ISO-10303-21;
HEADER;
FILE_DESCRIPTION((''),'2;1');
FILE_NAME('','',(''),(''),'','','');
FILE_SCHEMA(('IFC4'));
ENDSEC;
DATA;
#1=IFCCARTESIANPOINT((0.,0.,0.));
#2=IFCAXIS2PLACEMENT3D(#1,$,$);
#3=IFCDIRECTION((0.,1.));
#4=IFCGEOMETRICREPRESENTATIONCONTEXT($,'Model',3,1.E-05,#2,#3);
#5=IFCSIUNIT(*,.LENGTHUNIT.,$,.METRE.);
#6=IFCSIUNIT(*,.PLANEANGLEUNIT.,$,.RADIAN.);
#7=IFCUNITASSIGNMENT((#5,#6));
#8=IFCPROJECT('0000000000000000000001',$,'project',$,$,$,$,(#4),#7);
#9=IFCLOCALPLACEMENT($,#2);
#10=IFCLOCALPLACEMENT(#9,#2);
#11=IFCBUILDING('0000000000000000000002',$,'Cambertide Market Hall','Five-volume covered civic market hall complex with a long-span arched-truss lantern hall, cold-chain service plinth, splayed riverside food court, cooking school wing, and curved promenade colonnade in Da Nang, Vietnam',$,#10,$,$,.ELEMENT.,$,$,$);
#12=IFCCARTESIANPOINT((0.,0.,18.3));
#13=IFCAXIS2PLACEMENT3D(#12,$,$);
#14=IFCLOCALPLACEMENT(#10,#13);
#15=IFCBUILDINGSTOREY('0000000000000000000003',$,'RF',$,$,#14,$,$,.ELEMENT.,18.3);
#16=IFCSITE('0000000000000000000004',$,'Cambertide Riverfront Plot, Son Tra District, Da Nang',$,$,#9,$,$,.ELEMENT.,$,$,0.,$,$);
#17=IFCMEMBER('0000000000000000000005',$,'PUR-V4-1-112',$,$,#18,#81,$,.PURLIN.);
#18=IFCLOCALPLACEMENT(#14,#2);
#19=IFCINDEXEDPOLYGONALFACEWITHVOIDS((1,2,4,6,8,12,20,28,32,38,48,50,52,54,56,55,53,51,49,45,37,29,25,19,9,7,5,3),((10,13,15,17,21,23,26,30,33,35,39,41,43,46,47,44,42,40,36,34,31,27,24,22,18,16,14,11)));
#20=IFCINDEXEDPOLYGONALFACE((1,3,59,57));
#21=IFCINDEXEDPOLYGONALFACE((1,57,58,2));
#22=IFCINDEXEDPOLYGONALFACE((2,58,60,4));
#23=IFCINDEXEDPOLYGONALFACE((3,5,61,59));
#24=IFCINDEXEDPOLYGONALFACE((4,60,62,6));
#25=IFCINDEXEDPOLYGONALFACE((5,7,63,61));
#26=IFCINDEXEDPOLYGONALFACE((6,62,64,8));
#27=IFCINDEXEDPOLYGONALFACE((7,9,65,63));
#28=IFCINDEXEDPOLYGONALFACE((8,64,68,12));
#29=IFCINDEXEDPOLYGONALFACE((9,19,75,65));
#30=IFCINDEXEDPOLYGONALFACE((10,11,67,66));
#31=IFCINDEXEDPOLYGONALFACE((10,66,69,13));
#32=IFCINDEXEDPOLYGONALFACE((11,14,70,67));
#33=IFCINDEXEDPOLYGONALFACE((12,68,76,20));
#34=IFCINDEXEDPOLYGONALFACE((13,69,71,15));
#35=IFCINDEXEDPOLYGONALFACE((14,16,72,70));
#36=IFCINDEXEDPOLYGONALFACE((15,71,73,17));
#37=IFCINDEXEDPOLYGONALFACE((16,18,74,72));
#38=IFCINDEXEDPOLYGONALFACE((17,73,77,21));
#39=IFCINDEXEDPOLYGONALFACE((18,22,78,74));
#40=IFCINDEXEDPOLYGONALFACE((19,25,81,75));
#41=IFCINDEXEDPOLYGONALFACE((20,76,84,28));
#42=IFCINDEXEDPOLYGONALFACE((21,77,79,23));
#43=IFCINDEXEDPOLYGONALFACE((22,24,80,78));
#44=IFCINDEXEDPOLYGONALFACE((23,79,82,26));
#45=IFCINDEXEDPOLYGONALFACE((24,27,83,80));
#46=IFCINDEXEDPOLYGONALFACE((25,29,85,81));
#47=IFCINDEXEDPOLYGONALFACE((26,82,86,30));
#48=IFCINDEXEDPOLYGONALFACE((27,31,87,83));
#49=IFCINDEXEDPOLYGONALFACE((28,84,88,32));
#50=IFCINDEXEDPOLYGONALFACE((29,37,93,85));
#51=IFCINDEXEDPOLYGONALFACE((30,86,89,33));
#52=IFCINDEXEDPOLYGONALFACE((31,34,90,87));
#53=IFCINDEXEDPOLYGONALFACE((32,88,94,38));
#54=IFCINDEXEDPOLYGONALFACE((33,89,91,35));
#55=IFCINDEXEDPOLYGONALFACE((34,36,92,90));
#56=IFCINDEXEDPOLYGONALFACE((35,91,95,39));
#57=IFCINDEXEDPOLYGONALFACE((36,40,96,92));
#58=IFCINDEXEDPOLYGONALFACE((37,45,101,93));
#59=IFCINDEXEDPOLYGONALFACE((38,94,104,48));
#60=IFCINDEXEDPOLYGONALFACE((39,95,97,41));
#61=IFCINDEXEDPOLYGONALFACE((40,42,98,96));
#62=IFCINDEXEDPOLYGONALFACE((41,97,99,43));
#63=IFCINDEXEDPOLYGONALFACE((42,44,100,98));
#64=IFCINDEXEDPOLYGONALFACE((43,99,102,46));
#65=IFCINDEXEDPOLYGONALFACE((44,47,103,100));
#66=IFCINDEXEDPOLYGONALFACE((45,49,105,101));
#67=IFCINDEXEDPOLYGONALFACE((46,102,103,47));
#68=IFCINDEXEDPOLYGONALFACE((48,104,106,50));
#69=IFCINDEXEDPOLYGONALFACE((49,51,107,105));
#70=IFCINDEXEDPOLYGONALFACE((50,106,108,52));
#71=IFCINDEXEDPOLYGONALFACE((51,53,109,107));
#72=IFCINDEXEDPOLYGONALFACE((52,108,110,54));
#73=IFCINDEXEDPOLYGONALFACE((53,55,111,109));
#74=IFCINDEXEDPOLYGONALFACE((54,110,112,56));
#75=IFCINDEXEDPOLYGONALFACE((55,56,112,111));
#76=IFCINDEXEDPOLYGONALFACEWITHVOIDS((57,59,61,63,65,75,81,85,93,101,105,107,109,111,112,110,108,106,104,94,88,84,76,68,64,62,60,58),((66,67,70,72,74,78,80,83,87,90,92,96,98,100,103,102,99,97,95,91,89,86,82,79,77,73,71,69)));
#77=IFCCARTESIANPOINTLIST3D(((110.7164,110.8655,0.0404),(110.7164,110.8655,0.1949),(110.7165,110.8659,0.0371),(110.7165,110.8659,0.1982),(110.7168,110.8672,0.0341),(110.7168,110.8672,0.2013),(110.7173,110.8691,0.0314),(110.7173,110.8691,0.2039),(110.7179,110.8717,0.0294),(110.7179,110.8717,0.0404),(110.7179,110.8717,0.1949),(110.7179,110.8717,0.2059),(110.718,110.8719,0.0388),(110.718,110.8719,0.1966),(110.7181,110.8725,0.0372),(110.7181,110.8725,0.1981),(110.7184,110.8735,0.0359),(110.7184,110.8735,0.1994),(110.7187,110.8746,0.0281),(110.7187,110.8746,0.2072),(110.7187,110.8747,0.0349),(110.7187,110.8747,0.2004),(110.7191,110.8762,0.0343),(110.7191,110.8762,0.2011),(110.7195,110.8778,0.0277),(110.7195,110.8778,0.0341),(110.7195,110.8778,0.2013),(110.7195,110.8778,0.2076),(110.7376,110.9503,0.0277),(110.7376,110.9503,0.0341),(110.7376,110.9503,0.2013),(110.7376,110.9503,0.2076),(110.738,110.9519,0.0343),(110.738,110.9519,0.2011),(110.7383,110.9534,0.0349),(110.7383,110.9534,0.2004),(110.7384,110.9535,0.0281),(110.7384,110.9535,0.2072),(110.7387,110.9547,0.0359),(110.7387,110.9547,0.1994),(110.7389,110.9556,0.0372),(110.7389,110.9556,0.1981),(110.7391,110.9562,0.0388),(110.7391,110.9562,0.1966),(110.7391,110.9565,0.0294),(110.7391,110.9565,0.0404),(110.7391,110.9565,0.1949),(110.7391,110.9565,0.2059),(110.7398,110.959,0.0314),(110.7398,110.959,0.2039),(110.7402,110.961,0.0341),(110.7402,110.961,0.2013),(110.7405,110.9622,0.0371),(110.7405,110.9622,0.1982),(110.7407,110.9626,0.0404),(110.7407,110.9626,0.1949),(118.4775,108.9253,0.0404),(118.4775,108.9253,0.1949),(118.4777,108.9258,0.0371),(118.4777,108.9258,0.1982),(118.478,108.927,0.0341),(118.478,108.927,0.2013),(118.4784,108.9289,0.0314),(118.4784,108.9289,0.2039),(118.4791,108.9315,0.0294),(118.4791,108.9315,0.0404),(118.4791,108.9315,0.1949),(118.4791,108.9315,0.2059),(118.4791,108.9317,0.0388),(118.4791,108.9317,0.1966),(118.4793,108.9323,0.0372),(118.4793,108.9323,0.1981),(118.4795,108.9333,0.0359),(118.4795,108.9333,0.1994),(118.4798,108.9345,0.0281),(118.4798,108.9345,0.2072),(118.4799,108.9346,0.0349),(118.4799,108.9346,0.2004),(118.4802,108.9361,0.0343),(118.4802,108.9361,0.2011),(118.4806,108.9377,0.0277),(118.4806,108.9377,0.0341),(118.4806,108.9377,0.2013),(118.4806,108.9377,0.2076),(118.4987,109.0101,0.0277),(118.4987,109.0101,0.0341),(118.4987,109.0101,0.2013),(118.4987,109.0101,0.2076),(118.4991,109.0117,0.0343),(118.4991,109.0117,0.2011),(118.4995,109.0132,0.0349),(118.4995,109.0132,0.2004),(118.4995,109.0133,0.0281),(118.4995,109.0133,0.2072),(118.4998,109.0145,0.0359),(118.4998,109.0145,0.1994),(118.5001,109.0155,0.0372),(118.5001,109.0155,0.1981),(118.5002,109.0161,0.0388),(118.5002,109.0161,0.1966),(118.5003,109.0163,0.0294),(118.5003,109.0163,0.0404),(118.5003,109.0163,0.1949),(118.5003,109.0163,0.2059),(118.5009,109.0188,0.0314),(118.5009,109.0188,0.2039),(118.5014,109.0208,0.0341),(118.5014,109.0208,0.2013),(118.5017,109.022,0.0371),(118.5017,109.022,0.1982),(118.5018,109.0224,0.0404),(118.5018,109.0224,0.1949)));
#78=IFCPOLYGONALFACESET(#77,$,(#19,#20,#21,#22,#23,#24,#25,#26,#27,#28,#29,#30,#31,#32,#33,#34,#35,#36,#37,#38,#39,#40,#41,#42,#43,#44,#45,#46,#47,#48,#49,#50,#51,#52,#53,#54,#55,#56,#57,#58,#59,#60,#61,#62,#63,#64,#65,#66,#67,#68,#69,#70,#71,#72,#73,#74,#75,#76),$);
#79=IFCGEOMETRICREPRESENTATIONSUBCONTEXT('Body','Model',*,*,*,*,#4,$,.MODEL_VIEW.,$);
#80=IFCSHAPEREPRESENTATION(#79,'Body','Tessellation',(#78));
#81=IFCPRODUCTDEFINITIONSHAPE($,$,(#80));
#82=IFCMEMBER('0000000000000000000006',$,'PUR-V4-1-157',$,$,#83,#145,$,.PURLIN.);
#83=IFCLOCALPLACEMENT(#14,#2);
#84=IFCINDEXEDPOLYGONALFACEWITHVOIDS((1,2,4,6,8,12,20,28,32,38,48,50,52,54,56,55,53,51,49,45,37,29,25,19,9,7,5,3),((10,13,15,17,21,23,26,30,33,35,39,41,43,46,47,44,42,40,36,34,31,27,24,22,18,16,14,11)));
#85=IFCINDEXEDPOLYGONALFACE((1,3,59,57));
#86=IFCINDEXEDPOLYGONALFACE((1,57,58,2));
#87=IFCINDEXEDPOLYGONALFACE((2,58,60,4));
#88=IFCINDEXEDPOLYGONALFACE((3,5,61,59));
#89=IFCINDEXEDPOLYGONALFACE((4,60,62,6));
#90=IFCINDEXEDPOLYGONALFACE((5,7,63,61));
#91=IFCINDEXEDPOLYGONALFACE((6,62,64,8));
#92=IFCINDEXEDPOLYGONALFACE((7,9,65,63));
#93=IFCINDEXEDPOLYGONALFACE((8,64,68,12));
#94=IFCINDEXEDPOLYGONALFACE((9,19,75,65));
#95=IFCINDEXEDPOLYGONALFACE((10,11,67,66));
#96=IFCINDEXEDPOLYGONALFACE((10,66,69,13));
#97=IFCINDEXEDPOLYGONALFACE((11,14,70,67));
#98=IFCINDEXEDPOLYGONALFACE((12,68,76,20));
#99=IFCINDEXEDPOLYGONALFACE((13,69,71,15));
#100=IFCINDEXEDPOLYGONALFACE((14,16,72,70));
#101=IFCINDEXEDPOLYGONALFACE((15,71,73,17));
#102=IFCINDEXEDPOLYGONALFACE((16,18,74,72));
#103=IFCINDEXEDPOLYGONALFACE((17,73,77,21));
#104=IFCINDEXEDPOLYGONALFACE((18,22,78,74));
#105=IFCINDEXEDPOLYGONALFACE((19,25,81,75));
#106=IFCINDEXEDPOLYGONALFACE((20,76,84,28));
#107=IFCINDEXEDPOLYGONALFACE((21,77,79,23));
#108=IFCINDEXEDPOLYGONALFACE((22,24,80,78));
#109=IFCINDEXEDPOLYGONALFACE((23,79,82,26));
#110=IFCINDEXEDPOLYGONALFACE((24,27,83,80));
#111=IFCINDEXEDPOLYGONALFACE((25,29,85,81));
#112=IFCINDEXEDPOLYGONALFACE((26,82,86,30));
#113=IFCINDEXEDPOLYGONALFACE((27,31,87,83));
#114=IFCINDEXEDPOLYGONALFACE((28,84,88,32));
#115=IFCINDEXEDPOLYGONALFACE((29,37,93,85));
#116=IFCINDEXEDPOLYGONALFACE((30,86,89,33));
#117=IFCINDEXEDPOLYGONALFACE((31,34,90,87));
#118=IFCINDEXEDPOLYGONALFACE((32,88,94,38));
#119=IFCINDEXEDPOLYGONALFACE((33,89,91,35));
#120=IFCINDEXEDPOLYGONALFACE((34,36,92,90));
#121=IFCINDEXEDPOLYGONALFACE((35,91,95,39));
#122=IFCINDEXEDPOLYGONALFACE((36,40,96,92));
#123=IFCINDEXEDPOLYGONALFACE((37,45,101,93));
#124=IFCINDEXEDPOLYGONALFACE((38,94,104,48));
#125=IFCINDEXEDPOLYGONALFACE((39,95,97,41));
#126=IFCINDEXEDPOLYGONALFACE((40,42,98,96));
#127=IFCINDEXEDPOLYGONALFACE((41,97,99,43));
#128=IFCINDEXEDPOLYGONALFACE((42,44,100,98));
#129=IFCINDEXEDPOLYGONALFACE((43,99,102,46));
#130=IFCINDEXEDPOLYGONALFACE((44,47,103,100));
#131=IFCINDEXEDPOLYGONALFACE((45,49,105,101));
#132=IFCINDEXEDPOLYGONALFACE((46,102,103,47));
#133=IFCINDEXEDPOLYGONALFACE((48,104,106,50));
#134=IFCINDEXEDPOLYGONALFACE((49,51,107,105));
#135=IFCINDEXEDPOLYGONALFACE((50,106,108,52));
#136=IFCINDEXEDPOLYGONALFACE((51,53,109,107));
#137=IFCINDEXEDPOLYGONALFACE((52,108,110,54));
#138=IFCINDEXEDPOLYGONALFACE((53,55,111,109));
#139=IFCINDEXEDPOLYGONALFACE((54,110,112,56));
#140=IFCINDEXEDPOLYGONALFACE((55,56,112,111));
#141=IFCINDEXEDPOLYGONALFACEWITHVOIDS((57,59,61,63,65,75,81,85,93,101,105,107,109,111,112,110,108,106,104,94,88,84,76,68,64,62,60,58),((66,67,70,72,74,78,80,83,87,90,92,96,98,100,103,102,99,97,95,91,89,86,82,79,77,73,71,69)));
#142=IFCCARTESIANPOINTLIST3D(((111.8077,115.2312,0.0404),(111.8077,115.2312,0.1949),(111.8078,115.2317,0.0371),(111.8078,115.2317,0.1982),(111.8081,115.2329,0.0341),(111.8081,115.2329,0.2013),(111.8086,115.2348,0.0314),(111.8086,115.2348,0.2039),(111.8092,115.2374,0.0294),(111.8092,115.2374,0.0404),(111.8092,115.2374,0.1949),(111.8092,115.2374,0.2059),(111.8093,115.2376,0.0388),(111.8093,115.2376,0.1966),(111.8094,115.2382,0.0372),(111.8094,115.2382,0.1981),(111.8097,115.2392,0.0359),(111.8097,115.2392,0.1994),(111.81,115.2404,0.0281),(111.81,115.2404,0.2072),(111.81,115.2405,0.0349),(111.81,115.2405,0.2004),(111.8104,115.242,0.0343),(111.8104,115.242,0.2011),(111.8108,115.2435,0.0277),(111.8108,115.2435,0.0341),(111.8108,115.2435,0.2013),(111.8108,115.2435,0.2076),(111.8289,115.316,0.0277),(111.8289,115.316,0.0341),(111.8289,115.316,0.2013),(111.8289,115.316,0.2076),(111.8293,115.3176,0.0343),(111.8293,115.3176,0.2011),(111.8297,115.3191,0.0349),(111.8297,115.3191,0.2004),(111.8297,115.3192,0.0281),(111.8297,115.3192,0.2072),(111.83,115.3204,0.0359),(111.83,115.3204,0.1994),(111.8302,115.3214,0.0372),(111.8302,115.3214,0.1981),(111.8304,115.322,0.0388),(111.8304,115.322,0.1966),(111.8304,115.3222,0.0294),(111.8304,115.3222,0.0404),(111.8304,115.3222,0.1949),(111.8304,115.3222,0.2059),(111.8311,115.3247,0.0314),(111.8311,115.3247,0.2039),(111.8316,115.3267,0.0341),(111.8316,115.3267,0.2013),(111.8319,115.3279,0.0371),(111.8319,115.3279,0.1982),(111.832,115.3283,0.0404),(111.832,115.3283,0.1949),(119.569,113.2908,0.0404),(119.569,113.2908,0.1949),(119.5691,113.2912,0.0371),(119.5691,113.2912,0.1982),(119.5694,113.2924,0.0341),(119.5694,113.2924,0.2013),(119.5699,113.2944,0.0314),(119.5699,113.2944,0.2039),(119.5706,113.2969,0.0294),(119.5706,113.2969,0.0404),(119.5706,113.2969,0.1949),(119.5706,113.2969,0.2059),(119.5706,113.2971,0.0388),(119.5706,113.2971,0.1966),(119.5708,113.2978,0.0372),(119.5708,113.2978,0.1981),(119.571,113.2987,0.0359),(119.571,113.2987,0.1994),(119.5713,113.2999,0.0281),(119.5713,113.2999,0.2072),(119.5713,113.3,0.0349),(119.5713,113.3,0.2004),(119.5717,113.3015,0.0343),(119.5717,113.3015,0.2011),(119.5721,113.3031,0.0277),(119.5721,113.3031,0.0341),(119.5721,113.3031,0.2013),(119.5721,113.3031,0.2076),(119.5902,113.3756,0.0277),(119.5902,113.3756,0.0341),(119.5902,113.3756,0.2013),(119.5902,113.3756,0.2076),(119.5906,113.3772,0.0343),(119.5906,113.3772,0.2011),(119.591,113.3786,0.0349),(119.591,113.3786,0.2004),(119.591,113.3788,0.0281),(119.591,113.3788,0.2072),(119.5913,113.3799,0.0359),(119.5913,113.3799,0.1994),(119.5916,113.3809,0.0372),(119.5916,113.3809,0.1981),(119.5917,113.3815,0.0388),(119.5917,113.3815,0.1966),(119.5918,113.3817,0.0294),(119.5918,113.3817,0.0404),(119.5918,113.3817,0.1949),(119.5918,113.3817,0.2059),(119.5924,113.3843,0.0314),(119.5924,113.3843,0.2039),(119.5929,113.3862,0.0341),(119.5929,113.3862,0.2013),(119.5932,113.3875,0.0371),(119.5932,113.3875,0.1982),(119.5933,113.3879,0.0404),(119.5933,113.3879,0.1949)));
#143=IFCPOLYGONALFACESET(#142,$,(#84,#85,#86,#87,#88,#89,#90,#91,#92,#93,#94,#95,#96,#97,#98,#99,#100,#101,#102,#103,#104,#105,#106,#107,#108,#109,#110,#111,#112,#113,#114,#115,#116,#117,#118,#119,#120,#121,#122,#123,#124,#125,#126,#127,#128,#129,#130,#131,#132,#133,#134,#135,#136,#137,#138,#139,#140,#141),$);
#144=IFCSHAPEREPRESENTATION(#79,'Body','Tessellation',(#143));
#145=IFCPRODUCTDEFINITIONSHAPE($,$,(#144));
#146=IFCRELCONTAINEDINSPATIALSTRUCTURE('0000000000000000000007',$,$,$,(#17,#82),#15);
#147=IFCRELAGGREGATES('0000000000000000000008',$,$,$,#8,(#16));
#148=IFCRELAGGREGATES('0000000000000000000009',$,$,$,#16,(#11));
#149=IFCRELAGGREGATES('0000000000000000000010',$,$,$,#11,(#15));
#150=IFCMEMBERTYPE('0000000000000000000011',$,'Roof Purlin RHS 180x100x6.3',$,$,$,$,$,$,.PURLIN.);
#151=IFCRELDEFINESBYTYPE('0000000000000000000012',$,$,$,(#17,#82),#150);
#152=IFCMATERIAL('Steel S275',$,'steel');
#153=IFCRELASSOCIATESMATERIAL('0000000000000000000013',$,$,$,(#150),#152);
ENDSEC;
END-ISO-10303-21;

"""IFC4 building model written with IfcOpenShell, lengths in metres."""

from ifc_helpers import new_model, si_unit, direction, frame, origin, origin_2d, place, context, subcontext, project, spatial, hollow_rectangle, extrude, material, material_profile, profile_set, type_object, element, save


model = new_model("IFC4")

# Units and contexts
model_context = context("Model", 3, precision=1e-05, world=origin(), true_north=direction((0.0, 1.0)))
body_context = subcontext(model_context, "Body", "Model", "MODEL_VIEW")
ifc_project = project(units=[si_unit("LENGTHUNIT", "METRE"), si_unit("PLANEANGLEUNIT", "RADIAN")], contexts=[model_context])

# Site, building, storey
site_placement = place(None, origin())
site = spatial("IfcSite", under=ifc_project, at=site_placement, Name="Cambertide Riverfront Plot, Son Tra District, Da Nang", CompositionType="ELEMENT", RefElevation=0.0)
building_placement = place(site_placement, origin())
building = spatial("IfcBuilding", under=site, at=building_placement, Name="Cambertide Market Hall", Description="Five-volume covered civic market hall complex with a long-span arched-truss lantern hall, cold-chain service plinth, splayed riverside food court, cooking school wing, and curved promenade colonnade in Da Nang, Vietnam", CompositionType="ELEMENT")
storey_placement = place(building_placement, frame((0.0, 0.0, 18.3)))
storey = spatial("IfcBuildingStorey", under=building, at=storey_placement, Name="RF", CompositionType="ELEMENT", Elevation=18.3)

# Members
ifc_material_1 = material(Name="Steel S275", Category="steel")
ifc_material_profile_1 = material_profile(ifc_material_1, hollow_rectangle(XDim=0.1001, YDim=0.1799, WallThickness=0.0063, InnerFilletRadius=0.0063, OuterFilletRadius=0.0127, at=origin_2d()), Name="RHS 180x100x6.3")
ifc_profile_set_1 = profile_set([ifc_material_profile_1], Name="Steel S275")
member_type_1 = type_object("IfcMemberType", Name="Roof Purlin RHS 180x100x6.3", PredefinedType="PURLIN", material=ifc_profile_set_1)
for number, where, z_axis, x_axis, name in (
    (1, (110.7285, 110.9141, 0.1177), (0.970146, -0.242521, 0.0), (0.242521, 0.970146, 0.0), "PUR-V4-1-112"),
):
    element("IfcMember", number, at=place(storey_placement, frame(where, z_axis=z_axis, x_axis=x_axis)), inside=storey, type_object=member_type_1, Name=name, PredefinedType="PURLIN", context=body_context, shape_type="SweptSolid", body=[
        extrude(hollow_rectangle(XDim=0.1001, YDim=0.1799, WallThickness=0.0063, InnerFilletRadius=0.0063, OuterFilletRadius=0.0127, at=origin_2d()), origin(), (0.0, 0.0, 1.0), 8.0),
    ])
for number, where, z_axis, x_axis, name in (
    (2, (111.8198, 115.2798, 0.1177), (0.970139, -0.24255, 0.0), (0.24255, 0.970139, 0.0), "PUR-V4-1-157"),
):
    element("IfcMember", number, at=place(storey_placement, frame(where, z_axis=z_axis, x_axis=x_axis)), inside=storey, type_object=member_type_1, Name=name, PredefinedType="PURLIN", context=body_context, shape_type="SweptSolid", body=[
        extrude(hollow_rectangle(XDim=0.1001, YDim=0.1799, WallThickness=0.0063, InnerFilletRadius=0.0063, OuterFilletRadius=0.0127, at=origin_2d()), origin(), (0.0, 0.0, 1.0), 8.0002),
    ])

save(model, "model.ifc")
